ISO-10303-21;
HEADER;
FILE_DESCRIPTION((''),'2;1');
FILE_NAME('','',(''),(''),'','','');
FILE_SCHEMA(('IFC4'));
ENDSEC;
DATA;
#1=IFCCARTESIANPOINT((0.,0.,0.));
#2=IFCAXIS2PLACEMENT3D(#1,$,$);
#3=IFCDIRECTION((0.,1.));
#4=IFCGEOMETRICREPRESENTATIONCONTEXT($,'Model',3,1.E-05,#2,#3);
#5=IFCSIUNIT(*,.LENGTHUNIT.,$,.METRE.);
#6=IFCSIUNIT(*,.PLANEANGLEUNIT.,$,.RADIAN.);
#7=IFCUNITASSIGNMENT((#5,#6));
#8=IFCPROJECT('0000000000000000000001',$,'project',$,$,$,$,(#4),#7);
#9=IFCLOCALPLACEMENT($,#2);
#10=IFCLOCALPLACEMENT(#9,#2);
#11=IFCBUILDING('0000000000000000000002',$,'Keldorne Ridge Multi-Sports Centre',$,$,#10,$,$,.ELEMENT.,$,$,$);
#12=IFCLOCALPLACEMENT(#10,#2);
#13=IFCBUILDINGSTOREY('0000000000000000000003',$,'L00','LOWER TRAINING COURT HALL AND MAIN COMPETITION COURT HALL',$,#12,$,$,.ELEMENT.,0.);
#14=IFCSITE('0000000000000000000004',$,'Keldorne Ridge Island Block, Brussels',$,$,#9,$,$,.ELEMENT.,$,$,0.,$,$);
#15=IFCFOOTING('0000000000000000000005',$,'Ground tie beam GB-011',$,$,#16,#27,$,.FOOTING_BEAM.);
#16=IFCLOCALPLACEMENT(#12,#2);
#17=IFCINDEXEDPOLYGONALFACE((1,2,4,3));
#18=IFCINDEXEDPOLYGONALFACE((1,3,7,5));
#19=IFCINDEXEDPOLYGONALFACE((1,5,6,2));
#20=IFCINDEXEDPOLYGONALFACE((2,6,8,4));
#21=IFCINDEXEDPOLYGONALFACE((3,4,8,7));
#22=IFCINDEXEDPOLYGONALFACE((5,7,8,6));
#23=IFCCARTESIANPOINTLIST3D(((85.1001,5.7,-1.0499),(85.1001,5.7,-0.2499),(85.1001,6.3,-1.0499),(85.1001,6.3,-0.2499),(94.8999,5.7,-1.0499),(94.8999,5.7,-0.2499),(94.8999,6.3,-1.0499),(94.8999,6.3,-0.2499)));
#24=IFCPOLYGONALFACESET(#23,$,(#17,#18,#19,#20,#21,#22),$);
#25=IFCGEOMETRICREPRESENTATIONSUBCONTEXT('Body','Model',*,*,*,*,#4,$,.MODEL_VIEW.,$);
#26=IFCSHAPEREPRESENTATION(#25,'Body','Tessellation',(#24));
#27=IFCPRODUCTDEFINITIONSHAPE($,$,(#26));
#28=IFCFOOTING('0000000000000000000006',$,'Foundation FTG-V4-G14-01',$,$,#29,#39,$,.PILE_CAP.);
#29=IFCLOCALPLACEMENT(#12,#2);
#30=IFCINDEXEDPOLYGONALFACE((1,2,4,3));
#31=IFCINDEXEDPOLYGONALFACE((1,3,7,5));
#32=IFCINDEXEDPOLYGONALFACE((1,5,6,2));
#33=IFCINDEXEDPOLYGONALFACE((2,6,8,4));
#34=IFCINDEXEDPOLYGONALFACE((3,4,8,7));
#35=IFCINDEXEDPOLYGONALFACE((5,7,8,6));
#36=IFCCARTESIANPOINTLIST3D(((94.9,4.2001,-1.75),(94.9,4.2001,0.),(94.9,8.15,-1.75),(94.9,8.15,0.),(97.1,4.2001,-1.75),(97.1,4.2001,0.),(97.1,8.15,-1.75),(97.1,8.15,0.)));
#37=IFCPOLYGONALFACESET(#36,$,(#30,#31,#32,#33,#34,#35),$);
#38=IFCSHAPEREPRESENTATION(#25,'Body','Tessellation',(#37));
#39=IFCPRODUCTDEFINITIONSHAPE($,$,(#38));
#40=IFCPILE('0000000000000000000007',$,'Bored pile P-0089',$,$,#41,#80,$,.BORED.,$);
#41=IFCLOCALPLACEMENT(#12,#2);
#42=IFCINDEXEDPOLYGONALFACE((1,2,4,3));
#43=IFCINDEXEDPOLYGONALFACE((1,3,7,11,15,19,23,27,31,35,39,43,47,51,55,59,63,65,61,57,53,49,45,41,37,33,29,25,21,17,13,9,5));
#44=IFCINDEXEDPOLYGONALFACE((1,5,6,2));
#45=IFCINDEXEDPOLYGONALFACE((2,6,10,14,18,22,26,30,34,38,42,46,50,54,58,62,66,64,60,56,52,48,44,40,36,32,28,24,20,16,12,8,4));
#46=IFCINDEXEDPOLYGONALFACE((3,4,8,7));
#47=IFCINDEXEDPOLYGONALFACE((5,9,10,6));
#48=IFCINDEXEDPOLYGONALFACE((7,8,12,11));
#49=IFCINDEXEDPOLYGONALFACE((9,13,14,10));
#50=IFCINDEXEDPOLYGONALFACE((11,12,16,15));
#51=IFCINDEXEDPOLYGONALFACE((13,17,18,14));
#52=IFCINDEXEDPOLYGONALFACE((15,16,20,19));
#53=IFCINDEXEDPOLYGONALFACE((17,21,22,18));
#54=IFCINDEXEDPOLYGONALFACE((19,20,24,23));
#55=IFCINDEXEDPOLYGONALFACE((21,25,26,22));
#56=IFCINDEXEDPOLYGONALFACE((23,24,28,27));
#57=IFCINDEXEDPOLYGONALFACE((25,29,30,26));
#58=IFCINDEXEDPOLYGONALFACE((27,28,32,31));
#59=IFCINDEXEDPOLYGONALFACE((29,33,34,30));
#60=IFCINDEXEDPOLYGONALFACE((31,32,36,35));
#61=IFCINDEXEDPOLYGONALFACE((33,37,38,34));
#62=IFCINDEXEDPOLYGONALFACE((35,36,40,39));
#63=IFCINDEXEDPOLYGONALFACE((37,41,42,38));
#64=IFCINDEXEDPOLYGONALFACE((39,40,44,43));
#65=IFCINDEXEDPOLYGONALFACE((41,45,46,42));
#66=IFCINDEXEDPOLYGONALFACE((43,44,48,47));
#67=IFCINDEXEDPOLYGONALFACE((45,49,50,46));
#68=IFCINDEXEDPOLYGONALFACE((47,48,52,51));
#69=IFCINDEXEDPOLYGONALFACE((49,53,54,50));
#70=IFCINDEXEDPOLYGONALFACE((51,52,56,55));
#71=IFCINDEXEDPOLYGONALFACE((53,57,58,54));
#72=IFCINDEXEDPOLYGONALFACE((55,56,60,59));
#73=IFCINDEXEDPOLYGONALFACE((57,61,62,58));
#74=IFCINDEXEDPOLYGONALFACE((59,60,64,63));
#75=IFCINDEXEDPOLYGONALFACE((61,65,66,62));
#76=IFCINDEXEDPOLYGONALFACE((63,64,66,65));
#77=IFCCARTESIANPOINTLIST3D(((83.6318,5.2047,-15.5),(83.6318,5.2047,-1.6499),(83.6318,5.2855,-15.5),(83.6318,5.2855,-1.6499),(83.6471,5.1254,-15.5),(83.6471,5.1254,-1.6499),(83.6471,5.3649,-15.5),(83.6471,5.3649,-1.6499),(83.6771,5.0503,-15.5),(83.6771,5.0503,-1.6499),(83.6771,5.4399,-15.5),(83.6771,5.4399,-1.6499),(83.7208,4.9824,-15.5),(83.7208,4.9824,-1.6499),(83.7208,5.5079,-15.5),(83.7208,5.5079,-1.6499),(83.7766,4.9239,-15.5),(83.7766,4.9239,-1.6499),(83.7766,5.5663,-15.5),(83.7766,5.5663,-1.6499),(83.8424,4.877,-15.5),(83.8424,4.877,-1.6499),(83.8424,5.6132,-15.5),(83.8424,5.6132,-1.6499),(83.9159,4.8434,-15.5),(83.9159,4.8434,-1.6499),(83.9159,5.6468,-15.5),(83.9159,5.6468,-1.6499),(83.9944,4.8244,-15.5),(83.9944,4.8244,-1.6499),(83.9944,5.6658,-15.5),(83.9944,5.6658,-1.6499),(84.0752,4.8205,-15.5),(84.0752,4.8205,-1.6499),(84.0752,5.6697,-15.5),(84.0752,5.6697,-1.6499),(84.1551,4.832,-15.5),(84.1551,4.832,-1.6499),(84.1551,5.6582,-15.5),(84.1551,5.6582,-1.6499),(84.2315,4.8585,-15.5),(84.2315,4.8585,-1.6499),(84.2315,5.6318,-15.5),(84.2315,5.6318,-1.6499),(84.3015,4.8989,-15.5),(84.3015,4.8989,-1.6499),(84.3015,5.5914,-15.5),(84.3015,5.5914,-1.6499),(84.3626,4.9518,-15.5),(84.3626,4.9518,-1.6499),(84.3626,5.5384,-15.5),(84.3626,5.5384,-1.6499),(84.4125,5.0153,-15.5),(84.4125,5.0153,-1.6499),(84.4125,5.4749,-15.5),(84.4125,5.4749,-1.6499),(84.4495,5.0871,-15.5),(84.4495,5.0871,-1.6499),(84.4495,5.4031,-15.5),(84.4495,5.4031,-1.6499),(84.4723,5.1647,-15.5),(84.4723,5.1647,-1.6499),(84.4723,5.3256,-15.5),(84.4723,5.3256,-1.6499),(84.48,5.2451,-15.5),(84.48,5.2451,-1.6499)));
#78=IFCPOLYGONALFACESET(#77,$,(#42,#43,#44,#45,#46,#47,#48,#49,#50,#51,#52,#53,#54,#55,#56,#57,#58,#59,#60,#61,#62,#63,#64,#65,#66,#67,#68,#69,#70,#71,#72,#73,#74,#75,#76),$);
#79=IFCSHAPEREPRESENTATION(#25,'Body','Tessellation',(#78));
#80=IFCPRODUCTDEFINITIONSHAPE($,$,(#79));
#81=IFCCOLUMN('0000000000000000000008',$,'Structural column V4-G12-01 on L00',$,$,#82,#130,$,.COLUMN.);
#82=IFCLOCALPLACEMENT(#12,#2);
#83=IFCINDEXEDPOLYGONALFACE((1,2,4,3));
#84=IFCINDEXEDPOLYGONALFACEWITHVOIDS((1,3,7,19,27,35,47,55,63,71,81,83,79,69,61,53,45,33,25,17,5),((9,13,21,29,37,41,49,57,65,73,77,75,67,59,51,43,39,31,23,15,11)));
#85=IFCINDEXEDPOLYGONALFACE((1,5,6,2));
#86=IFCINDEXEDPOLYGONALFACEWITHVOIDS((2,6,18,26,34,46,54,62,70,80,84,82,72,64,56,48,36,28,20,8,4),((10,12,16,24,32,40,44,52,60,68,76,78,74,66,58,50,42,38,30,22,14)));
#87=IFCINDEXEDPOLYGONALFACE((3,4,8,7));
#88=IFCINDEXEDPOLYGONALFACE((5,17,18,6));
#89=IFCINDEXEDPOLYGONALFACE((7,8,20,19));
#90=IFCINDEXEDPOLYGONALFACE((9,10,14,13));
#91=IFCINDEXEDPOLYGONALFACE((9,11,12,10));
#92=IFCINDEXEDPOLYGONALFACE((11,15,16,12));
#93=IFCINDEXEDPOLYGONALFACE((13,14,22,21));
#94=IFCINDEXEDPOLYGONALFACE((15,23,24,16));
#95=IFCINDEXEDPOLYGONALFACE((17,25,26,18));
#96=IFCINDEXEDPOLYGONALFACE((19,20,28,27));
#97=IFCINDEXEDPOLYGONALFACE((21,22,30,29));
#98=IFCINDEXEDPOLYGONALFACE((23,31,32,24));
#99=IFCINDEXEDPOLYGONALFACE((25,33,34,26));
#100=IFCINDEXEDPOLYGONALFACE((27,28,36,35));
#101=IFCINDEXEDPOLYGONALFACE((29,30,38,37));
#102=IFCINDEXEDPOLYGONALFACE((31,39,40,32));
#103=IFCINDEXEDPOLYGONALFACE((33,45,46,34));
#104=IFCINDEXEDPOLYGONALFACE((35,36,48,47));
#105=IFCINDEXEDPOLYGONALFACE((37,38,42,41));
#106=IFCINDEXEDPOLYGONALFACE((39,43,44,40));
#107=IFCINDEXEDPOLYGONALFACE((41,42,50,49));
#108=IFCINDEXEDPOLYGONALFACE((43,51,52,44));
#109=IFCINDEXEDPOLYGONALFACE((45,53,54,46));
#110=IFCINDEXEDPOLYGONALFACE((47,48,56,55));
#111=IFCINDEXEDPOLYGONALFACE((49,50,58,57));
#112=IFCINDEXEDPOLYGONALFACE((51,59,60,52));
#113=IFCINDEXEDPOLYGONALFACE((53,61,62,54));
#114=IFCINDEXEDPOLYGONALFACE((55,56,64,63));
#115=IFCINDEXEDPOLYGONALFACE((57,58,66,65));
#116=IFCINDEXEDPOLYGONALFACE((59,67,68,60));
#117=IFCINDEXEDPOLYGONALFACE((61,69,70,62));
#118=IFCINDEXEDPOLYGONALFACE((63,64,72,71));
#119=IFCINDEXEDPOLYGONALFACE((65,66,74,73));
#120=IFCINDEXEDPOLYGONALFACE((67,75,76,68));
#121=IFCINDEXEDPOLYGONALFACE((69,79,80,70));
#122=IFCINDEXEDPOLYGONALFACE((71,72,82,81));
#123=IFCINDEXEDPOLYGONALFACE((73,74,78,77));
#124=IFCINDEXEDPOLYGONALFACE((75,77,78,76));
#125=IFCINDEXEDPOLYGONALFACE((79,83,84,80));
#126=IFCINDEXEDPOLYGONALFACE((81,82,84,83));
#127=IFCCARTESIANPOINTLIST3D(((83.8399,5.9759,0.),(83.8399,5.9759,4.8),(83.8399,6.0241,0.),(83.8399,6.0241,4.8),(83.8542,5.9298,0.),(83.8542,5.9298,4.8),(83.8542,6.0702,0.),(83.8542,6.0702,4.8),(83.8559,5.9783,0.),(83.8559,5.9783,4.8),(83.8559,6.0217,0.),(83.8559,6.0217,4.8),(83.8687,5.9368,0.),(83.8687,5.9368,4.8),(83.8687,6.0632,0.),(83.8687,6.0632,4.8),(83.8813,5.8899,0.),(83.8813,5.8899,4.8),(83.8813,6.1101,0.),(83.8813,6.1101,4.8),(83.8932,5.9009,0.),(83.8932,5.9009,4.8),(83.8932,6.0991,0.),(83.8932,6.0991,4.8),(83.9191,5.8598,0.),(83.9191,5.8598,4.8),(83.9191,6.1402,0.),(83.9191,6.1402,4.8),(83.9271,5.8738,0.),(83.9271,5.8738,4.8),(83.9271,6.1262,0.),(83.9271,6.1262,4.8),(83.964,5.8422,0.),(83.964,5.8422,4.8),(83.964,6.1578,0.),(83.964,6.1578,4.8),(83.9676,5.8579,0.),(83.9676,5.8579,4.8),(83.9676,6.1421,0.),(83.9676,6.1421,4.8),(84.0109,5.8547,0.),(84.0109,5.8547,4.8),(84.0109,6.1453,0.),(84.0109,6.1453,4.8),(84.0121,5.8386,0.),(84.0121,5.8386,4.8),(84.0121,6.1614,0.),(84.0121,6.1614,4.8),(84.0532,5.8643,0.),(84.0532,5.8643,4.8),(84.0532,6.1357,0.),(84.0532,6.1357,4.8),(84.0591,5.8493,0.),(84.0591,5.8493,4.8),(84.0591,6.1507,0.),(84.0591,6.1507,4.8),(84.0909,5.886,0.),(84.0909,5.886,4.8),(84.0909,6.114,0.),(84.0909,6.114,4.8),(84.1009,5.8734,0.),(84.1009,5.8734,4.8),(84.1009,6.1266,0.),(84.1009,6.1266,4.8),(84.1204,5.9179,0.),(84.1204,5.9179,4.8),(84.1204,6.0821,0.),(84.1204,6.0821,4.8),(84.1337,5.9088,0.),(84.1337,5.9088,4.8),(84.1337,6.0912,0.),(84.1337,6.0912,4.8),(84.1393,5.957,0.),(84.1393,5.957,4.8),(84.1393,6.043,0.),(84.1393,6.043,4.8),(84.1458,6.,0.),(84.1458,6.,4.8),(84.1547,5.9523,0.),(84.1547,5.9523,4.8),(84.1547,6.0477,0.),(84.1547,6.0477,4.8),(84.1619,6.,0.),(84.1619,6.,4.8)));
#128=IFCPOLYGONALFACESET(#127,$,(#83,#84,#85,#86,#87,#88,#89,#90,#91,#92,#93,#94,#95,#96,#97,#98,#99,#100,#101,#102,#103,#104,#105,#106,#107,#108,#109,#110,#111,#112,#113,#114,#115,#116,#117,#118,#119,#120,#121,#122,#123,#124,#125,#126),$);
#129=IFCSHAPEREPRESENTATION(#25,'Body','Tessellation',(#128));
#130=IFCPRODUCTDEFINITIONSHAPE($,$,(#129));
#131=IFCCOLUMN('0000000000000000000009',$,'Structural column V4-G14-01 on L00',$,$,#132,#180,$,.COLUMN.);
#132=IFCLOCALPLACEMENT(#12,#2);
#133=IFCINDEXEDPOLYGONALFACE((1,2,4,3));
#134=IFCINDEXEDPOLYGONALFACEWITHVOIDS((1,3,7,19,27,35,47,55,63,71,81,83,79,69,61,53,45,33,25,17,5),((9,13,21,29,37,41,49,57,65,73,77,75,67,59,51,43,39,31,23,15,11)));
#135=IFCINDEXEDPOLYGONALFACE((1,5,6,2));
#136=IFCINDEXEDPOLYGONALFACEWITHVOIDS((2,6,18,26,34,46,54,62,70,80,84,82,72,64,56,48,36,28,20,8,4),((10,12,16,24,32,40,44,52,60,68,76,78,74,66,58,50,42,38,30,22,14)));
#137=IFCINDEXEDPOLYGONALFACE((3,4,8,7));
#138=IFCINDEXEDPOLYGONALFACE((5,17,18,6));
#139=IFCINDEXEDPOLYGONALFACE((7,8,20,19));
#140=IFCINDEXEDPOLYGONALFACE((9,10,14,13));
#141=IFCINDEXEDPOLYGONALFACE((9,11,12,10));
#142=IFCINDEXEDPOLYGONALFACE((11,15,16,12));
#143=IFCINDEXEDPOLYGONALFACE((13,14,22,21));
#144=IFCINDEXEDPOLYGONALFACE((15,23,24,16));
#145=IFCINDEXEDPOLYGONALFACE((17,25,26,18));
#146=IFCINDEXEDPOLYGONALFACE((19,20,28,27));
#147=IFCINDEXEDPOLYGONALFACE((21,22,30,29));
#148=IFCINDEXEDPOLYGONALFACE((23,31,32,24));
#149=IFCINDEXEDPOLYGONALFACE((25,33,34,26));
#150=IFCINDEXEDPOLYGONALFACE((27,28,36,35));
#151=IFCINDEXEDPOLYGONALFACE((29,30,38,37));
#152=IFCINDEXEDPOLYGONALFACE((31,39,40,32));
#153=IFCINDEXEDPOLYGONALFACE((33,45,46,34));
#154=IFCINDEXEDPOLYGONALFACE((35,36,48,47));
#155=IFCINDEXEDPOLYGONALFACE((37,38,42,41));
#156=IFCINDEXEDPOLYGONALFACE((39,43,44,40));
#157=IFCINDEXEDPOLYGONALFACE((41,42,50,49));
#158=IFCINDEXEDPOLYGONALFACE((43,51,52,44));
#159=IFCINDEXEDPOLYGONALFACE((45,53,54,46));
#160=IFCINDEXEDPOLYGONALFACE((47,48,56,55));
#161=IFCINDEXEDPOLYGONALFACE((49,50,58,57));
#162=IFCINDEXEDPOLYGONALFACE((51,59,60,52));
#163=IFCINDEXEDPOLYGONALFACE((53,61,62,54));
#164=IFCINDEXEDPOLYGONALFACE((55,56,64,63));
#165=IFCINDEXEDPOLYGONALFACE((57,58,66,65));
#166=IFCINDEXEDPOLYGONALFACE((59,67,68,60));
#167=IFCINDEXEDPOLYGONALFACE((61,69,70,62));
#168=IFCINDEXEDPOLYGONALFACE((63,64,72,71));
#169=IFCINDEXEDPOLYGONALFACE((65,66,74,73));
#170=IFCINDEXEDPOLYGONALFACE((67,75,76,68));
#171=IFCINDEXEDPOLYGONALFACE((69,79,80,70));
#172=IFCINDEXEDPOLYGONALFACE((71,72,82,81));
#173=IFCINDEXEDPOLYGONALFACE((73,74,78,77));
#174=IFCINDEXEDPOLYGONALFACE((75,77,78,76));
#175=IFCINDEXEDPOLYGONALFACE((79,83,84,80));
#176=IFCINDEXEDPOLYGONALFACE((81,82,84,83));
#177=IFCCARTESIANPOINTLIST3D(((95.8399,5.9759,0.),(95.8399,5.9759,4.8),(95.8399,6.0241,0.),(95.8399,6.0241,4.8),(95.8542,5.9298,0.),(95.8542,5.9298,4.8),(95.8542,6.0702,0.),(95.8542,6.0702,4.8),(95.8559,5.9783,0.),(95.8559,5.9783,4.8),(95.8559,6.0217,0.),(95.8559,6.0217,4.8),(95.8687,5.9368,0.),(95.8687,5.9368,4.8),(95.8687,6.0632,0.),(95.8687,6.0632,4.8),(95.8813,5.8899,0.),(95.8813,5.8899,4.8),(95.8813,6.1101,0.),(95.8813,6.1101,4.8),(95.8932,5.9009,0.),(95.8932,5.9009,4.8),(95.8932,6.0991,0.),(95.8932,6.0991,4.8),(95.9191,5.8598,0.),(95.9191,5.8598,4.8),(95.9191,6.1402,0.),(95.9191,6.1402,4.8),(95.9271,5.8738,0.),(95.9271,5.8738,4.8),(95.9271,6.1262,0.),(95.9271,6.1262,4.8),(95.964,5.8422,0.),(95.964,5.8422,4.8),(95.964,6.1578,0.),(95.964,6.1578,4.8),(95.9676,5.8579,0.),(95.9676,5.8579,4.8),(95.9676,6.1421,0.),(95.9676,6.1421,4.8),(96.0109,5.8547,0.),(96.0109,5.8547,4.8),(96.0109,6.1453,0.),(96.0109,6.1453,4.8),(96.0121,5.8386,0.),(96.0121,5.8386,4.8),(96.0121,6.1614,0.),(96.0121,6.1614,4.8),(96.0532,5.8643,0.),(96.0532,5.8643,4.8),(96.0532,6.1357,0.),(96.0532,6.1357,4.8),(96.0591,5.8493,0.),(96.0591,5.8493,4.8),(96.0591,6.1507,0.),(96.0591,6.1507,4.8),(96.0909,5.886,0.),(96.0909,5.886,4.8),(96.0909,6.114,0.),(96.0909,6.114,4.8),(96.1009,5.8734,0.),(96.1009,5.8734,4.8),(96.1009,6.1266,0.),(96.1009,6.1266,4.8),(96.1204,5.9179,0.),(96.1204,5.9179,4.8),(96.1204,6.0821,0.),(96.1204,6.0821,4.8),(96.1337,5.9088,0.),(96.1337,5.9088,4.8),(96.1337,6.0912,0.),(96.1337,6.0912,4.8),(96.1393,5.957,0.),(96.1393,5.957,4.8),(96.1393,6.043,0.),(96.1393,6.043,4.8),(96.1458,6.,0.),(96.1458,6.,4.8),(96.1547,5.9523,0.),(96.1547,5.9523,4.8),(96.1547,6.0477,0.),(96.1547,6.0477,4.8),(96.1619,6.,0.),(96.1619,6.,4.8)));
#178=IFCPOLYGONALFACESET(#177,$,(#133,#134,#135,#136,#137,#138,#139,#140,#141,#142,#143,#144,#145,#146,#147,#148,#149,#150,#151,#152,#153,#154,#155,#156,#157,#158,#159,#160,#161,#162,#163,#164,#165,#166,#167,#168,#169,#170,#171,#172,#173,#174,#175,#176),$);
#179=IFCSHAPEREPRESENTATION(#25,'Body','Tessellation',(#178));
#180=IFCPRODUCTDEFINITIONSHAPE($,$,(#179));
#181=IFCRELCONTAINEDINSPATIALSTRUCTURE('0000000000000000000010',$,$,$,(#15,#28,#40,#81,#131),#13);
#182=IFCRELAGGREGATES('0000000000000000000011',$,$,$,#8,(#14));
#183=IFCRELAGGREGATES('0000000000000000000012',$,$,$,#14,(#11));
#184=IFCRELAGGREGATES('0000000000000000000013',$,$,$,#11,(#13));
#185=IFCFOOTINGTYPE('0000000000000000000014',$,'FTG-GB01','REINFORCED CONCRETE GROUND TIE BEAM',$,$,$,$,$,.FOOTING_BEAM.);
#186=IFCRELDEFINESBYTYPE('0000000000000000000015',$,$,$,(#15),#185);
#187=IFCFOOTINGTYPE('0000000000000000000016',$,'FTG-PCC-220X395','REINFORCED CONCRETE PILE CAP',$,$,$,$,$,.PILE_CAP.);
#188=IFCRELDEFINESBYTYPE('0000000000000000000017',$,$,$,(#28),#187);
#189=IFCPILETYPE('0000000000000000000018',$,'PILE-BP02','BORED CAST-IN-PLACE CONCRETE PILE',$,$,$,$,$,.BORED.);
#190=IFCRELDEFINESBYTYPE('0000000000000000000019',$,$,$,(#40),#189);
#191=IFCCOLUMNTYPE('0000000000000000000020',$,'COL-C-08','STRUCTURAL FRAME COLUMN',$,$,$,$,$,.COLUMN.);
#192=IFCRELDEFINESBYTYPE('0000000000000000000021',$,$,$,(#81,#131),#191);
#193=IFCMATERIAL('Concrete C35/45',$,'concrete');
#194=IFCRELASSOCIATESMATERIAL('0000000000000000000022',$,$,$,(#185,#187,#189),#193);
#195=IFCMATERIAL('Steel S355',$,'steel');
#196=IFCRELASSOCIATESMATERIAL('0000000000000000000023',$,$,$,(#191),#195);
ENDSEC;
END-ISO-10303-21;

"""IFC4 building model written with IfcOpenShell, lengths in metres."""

from ifc_helpers import new_model, si_unit, direction, frame, origin, origin_2d, place, context, subcontext, project, spatial, rectangle, circle, hollow_circle, extrude, material, material_profile, profile_set, type_object, element, save


model = new_model("IFC4")

# Units and contexts
model_context = context("Model", 3, precision=1e-05, world=origin(), true_north=direction((0.0, 1.0)))
body_context = subcontext(model_context, "Body", "Model", "MODEL_VIEW")
ifc_project = project(units=[si_unit("LENGTHUNIT", "METRE"), si_unit("PLANEANGLEUNIT", "RADIAN")], contexts=[model_context])

# Site, building, storey
site_placement = place(None, origin())
site = spatial("IfcSite", under=ifc_project, at=site_placement, Name="Keldorne Ridge Island Block, Brussels", CompositionType="ELEMENT", RefElevation=0.0)
building_placement = place(site_placement, origin())
building = spatial("IfcBuilding", under=site, at=building_placement, Name="Keldorne Ridge Multi-Sports Centre", CompositionType="ELEMENT")
storey_placement = place(building_placement, origin())
storey = spatial("IfcBuildingStorey", under=building, at=storey_placement, Name="L00", Description="LOWER TRAINING COURT HALL AND MAIN COMPETITION COURT HALL", CompositionType="ELEMENT", Elevation=0.0)

# Footings
ifc_material_1 = material(Name="Concrete C35/45", Category="concrete")
ifc_material_profile_1 = material_profile(ifc_material_1, rectangle(XDim=0.6001, YDim=0.8, at=origin_2d()), Name="GB 600x800")
ifc_profile_set_1 = profile_set([ifc_material_profile_1], Name="Concrete C35/45")
footing_type_1 = type_object("IfcFootingType", Name="FTG-GB01", Description="REINFORCED CONCRETE GROUND TIE BEAM", PredefinedType="FOOTING_BEAM", material=ifc_profile_set_1)
footing_1_placement = place(storey_placement, frame((85.1001, 6.0, -0.6499), z_axis=(1.0, 0.0, 0.0), x_axis=(0.0, 1.0, 0.0)))
element("IfcFooting", 1, at=footing_1_placement, inside=storey, type_object=footing_type_1, Name="Ground tie beam GB-011", PredefinedType="FOOTING_BEAM", context=body_context, shape_type="SweptSolid", body=[
    extrude(rectangle(XDim=0.6001, YDim=0.8, at=origin_2d()), origin(), (0.0, 0.0, 1.0), 9.7998),
])
footing_type_2 = type_object("IfcFootingType", Name="FTG-PCC-220X395", Description="REINFORCED CONCRETE PILE CAP", PredefinedType="PILE_CAP", material=ifc_material_1)
footing_2_placement = place(storey_placement, frame((96.0, 6.175, -1.75), z_axis=(0.0, 0.0, 1.0), x_axis=(1.0, 0.0, 0.0)))
element("IfcFooting", 2, at=footing_2_placement, inside=storey, type_object=footing_type_2, Name="Foundation FTG-V4-G14-01", PredefinedType="PILE_CAP", context=body_context, shape_type="SweptSolid", body=[
    extrude(rectangle(XDim=2.2, YDim=3.95, at=origin_2d()), origin(), (0.0, 0.0, 1.0), 1.75),
])

# Pile
ifc_material_profile_2 = material_profile(ifc_material_1, circle(Radius=0.425, at=origin_2d()), Name="BORED PILE D850")
ifc_profile_set_2 = profile_set([ifc_material_profile_2], Name="Concrete C35/45")
pile_type = type_object("IfcPileType", Name="PILE-BP02", Description="BORED CAST-IN-PLACE CONCRETE PILE", PredefinedType="BORED", material=ifc_profile_set_2)
pile_placement = place(storey_placement, frame((84.0549, 5.2451, -1.6499), z_axis=(0.0, 0.0, -1.0), x_axis=(1.0, 0.0, 0.0)))
element("IfcPile", 3, at=pile_placement, inside=storey, type_object=pile_type, Name="Bored pile P-0089", PredefinedType="BORED", context=body_context, shape_type="SweptSolid", body=[
    extrude(circle(Radius=0.425, at=origin_2d()), origin(), (0.0, 0.0, 1.0), 13.8501),
])

# Columns
ifc_material_2 = material(Name="Steel S355", Category="steel")
ifc_material_profile_3 = material_profile(ifc_material_2, hollow_circle(Radius=0.1619, WallThickness=0.0161, at=origin_2d()), Name="CHS 323.9x16")
ifc_profile_set_3 = profile_set([ifc_material_profile_3], Name="Steel S355")
column_type_1 = type_object("IfcColumnType", Name="COL-C-08", Description="STRUCTURAL FRAME COLUMN", PredefinedType="COLUMN", material=ifc_profile_set_3)
for number, where, z_axis, x_axis, name in (
    (4, (84.0, 6.0, 0.0), (0.0, 0.0, 1.0), (1.0, 0.0, 0.0), "Structural column V4-G12-01 on L00"),
    (5, (96.0, 6.0, 0.0), (0.0, 0.0, 1.0), (1.0, 0.0, 0.0), "Structural column V4-G14-01 on L00"),
):
    element("IfcColumn", number, at=place(storey_placement, frame(where, z_axis=z_axis, x_axis=x_axis)), inside=storey, type_object=column_type_1, Name=name, PredefinedType="COLUMN", context=body_context, shape_type="SweptSolid", body=[
        extrude(hollow_circle(Radius=0.1619, WallThickness=0.0161, at=origin_2d()), origin(), (0.0, 0.0, 1.0), 4.8),
    ])

save(model, "model.ifc")
